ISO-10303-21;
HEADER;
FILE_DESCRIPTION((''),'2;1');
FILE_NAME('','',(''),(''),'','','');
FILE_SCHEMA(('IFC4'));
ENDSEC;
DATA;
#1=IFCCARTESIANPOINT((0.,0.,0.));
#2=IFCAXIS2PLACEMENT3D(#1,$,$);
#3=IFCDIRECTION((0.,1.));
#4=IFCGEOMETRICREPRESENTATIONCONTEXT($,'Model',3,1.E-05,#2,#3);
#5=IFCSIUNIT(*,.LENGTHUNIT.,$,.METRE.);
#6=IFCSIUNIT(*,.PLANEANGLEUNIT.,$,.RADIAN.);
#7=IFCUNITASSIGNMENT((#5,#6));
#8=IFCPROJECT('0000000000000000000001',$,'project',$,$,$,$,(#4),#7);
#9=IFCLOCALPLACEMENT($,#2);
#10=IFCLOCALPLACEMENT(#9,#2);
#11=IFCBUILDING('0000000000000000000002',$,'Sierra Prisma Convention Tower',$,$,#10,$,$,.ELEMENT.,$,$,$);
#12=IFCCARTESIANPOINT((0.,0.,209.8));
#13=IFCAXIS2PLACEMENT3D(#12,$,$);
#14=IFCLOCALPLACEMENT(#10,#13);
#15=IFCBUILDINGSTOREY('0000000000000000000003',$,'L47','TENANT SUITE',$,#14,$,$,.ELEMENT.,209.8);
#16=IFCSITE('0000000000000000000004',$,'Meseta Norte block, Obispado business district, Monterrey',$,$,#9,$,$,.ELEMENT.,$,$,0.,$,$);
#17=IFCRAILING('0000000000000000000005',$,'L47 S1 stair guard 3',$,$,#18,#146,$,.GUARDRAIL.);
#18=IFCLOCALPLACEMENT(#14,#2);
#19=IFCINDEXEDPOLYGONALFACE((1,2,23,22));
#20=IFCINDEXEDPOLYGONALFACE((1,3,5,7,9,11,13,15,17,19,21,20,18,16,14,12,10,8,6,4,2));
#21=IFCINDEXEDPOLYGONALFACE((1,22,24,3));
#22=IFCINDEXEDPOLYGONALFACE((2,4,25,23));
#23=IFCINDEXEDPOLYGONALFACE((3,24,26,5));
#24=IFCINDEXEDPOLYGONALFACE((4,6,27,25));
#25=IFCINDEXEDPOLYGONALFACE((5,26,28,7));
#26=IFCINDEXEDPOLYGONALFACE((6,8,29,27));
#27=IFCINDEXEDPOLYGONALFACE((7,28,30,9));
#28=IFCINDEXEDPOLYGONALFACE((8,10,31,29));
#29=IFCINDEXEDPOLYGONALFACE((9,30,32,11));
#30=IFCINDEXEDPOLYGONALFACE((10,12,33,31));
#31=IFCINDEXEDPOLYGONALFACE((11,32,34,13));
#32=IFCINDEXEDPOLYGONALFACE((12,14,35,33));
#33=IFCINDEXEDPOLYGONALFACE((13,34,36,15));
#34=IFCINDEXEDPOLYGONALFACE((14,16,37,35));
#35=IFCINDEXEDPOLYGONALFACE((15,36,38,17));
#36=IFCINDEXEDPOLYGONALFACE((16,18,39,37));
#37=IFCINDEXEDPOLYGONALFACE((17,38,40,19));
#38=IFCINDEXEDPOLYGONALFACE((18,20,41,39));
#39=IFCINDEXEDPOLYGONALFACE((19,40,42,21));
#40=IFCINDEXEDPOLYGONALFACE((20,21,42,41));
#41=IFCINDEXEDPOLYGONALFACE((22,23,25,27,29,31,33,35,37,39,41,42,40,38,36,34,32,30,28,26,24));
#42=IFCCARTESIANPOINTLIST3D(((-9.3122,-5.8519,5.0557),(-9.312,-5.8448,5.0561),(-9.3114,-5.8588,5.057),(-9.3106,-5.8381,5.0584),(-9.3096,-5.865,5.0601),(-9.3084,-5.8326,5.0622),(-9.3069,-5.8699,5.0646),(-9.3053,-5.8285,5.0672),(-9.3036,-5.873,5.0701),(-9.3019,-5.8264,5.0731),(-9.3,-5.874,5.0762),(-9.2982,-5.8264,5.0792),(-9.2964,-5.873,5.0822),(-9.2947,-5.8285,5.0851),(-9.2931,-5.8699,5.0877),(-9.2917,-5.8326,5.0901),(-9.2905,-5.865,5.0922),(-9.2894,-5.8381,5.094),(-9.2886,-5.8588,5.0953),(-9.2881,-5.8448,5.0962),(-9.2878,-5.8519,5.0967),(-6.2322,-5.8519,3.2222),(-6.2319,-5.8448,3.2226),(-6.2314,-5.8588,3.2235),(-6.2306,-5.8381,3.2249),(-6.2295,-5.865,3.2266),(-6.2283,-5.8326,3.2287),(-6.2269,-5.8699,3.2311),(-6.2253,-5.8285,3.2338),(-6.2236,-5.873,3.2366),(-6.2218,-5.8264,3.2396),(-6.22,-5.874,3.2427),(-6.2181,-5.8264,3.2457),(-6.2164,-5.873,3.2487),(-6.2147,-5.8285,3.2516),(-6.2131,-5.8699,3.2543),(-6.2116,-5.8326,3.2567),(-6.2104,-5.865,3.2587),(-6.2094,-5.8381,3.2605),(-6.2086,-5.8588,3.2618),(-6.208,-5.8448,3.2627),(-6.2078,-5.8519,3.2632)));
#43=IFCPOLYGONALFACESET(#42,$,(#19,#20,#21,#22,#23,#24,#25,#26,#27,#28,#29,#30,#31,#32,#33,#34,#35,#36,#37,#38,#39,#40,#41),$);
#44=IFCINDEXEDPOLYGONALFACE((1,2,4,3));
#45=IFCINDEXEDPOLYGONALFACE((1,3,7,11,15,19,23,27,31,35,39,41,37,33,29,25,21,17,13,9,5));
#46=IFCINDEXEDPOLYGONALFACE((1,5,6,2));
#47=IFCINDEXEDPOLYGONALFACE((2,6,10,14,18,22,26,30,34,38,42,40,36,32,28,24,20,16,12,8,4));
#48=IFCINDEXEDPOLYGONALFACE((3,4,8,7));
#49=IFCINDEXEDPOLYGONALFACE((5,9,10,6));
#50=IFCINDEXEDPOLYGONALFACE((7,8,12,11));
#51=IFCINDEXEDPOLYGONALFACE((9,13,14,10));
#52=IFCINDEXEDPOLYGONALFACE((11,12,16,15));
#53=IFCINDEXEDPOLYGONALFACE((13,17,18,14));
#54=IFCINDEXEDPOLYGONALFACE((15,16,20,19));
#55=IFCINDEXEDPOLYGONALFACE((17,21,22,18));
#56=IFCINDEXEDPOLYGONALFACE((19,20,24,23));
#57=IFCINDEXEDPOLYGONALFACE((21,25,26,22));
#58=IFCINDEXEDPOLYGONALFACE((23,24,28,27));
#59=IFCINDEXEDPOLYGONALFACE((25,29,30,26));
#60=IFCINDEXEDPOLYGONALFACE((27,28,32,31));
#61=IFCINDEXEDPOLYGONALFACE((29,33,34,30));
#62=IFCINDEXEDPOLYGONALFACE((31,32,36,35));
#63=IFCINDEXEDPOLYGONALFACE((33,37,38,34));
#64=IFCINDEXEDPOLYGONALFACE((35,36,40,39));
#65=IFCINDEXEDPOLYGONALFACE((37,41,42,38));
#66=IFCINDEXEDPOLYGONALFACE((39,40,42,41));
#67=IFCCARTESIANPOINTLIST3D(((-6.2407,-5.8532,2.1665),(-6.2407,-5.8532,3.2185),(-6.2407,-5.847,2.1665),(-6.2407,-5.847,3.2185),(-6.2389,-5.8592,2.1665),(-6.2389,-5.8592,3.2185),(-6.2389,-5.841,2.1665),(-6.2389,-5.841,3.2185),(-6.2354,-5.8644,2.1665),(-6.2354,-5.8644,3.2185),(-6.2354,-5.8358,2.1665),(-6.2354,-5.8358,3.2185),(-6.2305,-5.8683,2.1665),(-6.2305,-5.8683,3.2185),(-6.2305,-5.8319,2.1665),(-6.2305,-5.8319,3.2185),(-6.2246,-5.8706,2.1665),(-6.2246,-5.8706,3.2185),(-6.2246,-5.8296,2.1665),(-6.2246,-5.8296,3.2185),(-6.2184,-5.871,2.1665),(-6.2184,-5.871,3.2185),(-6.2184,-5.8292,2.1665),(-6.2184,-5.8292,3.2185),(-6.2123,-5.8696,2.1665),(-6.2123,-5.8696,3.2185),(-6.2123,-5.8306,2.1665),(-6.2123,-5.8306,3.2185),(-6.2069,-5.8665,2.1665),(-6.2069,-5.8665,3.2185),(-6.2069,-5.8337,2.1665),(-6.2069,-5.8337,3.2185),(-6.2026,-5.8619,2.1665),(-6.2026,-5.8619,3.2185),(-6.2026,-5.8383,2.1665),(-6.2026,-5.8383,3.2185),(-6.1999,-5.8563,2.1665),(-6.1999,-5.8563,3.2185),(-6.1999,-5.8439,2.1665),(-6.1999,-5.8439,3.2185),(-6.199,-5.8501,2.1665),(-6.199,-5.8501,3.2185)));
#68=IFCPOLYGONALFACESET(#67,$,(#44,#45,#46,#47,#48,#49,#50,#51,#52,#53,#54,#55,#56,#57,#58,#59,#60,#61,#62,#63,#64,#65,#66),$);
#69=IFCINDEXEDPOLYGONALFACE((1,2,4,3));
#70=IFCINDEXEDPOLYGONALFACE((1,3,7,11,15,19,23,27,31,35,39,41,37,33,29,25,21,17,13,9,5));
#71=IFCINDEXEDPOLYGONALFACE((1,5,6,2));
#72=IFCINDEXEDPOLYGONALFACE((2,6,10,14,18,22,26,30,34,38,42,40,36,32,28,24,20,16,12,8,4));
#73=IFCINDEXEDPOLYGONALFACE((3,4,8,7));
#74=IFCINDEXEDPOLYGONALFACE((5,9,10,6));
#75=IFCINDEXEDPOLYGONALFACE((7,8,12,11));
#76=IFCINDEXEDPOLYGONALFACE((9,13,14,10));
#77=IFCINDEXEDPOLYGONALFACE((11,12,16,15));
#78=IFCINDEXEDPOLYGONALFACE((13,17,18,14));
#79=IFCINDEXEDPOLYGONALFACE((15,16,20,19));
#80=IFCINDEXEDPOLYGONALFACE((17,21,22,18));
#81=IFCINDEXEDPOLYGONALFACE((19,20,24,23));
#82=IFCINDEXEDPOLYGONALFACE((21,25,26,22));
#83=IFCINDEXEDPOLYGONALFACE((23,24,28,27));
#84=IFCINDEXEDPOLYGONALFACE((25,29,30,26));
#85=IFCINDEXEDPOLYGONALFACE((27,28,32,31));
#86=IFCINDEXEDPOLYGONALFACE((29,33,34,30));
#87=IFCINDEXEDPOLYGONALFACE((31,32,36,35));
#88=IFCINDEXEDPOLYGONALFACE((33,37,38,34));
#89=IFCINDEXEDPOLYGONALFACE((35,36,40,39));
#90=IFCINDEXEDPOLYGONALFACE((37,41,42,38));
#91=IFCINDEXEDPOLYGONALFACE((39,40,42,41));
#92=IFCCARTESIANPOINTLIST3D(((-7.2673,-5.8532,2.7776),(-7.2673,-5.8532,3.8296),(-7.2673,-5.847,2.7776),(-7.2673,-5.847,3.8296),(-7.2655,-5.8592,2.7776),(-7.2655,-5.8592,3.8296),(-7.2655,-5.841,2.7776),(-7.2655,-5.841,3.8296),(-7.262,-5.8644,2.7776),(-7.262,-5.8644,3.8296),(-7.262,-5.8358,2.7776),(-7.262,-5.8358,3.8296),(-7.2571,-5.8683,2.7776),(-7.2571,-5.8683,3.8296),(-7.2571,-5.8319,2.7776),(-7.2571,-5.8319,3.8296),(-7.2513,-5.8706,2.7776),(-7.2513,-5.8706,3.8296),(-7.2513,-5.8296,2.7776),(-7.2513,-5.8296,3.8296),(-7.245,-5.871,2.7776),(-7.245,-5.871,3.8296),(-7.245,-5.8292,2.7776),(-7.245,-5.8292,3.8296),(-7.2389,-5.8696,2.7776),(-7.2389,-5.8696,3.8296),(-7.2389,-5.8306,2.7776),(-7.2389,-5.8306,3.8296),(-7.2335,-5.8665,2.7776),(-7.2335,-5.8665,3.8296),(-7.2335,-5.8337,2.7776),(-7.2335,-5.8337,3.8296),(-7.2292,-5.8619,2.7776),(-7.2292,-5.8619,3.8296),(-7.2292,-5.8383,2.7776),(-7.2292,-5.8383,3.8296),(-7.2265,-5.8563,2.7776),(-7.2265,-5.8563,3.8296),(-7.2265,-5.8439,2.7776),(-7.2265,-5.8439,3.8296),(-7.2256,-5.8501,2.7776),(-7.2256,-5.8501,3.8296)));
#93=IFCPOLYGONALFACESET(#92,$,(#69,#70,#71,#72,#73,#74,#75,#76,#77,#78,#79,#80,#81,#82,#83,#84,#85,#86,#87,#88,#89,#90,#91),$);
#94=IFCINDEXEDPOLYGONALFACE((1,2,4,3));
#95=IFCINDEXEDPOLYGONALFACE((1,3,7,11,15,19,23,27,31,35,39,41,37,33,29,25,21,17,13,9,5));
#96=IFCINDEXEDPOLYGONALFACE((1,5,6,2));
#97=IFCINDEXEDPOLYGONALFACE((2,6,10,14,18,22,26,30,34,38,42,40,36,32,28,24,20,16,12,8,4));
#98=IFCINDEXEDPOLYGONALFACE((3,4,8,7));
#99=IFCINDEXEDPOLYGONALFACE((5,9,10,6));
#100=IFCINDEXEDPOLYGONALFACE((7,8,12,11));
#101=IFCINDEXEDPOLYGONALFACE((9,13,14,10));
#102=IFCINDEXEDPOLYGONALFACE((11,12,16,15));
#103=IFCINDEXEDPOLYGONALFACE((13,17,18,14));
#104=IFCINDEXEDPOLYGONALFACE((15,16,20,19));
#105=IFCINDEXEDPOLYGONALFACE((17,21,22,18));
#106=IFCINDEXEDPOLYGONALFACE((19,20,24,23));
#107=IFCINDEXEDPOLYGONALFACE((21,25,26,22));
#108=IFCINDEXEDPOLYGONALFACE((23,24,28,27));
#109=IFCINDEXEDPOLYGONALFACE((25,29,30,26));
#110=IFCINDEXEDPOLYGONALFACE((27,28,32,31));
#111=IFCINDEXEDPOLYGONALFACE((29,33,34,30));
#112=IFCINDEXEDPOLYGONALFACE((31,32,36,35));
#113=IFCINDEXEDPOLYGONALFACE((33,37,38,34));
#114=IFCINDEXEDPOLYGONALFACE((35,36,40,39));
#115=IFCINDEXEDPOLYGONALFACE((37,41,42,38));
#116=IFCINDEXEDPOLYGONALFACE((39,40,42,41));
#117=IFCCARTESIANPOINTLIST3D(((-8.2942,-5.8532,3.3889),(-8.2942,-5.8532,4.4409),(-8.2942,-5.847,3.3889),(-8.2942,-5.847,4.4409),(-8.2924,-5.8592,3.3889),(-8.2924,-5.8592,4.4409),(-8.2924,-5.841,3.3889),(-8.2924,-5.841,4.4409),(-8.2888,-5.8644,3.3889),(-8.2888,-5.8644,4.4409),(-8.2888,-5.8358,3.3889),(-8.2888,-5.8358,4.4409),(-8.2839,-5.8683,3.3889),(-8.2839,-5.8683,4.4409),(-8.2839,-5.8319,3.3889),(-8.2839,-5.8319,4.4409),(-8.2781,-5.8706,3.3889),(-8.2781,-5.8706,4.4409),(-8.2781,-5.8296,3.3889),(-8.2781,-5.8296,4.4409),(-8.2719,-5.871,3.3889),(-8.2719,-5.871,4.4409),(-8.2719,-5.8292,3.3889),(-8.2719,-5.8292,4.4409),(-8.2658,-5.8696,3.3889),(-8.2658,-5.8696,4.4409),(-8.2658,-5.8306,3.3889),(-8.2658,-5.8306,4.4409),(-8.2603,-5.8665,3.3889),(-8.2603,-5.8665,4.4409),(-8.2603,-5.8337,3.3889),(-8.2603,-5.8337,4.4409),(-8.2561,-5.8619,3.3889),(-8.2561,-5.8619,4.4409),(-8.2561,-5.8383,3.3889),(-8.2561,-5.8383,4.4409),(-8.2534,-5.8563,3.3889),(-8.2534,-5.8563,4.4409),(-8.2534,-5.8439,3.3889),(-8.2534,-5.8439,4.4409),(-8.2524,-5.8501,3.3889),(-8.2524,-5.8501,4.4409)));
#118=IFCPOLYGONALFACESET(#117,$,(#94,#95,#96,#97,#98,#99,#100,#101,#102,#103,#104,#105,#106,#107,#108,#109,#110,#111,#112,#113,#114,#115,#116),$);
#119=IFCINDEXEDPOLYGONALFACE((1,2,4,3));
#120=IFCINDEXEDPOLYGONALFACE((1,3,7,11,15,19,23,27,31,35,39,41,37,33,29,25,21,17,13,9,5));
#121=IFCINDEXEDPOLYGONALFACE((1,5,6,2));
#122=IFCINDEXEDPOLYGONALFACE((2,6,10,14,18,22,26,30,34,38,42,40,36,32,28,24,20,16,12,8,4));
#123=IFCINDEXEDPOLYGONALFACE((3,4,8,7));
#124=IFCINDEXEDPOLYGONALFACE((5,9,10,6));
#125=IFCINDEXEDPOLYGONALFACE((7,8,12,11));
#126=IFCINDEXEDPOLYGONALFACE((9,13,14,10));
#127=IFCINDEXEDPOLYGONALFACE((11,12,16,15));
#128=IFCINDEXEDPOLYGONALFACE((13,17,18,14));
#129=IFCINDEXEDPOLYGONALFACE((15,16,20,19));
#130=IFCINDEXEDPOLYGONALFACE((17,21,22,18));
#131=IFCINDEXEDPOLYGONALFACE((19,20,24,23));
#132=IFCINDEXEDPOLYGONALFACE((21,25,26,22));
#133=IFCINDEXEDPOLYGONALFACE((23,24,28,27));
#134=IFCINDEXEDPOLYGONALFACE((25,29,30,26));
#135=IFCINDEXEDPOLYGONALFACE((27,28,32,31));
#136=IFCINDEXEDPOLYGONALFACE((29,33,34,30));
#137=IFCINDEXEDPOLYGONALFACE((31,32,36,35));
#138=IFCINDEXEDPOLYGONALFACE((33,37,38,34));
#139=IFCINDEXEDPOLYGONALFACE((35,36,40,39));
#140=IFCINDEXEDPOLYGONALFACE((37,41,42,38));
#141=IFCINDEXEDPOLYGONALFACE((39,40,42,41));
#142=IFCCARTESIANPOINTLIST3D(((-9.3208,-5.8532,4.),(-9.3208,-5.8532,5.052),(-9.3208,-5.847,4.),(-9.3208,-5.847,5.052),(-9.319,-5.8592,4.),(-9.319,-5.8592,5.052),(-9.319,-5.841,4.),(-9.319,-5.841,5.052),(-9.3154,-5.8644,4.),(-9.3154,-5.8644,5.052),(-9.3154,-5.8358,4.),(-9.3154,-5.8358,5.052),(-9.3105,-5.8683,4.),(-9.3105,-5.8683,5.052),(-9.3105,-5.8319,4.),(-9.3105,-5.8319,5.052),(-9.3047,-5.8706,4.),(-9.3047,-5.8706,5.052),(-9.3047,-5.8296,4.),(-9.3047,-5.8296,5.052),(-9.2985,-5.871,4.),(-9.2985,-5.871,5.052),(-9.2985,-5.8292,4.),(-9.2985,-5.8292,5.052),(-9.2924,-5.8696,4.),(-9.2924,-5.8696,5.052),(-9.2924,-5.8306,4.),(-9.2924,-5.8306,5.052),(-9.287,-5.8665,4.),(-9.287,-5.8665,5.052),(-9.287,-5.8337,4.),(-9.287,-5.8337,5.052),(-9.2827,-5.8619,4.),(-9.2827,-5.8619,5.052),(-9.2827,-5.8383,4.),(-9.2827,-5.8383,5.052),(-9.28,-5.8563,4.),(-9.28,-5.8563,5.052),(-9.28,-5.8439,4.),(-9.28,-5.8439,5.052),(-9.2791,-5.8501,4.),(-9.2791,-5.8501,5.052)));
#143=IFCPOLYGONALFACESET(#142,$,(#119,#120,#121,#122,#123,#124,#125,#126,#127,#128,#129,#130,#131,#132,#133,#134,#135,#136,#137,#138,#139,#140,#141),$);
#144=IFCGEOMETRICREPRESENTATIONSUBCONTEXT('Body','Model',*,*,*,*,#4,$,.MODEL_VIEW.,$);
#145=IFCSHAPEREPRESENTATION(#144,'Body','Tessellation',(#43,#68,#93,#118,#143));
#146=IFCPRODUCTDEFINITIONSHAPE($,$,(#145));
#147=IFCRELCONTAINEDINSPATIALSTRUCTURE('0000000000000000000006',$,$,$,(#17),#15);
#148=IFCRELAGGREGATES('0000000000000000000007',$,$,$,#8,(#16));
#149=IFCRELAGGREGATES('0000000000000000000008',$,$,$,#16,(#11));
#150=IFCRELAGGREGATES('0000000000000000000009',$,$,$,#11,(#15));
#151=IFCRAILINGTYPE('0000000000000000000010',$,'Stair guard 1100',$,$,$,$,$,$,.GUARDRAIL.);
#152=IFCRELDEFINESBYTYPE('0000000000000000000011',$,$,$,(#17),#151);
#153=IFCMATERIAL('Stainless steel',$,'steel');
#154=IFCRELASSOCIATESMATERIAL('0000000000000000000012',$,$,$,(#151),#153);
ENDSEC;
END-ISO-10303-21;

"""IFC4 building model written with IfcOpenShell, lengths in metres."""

from ifc_helpers import new_model, si_unit, direction, frame, origin, origin_2d, place, context, subcontext, project, spatial, circle, extrude, material, type_object, element, save


model = new_model("IFC4")

# Units and contexts
model_context = context("Model", 3, precision=1e-05, world=origin(), true_north=direction((0.0, 1.0)))
body_context = subcontext(model_context, "Body", "Model", "MODEL_VIEW")
ifc_project = project(units=[si_unit("LENGTHUNIT", "METRE"), si_unit("PLANEANGLEUNIT", "RADIAN")], contexts=[model_context])

# Site, building, storey
site_placement = place(None, origin())
site = spatial("IfcSite", under=ifc_project, at=site_placement, Name="Meseta Norte block, Obispado business district, Monterrey", CompositionType="ELEMENT", RefElevation=0.0)
building_placement = place(site_placement, origin())
building = spatial("IfcBuilding", under=site, at=building_placement, Name="Sierra Prisma Convention Tower", CompositionType="ELEMENT")
storey_placement = place(building_placement, frame((0.0, 0.0, 209.8)))
storey = spatial("IfcBuildingStorey", under=building, at=storey_placement, Name="L47", Description="TENANT SUITE", CompositionType="ELEMENT", Elevation=209.8)

# Railing
ifc_material_1 = material(Name="Stainless steel", Category="steel")
railing_type_1 = type_object("IfcRailingType", Name="Stair guard 1100", PredefinedType="GUARDRAIL", material=ifc_material_1)
railing_1_placement = place(storey_placement, frame((-6.22, -5.8501, 2.1665)))
element("IfcRailing", 1, at=railing_1_placement, inside=storey, type_object=railing_type_1, Name="L47 S1 stair guard 3", PredefinedType="GUARDRAIL", context=body_context, shape_type="SweptSolid", body=[
    extrude(circle(Radius=0.0239, at=origin_2d()), frame((0.0, 0.0, 1.0762), z_axis=(-0.859279, 0.0, 0.511508), x_axis=(0.0, -1.0, 0.0)), (0.0, 0.0, 1.0), 3.5845),
    extrude(circle(Radius=0.021, at=origin_2d()), origin(), (0.0, 0.0, 1.0), 1.052),
    extrude(circle(Radius=0.021, at=origin_2d()), frame((-1.0266, 0.0, 0.6111)), (0.0, 0.0, 1.0), 1.052),
    extrude(circle(Radius=0.021, at=origin_2d()), frame((-2.0535, 0.0, 1.2224)), (0.0, 0.0, 1.0), 1.052),
    extrude(circle(Radius=0.021, at=origin_2d()), frame((-3.0801, 0.0, 1.8335)), (0.0, 0.0, 1.0), 1.052),
])

save(model, "model.ifc")
